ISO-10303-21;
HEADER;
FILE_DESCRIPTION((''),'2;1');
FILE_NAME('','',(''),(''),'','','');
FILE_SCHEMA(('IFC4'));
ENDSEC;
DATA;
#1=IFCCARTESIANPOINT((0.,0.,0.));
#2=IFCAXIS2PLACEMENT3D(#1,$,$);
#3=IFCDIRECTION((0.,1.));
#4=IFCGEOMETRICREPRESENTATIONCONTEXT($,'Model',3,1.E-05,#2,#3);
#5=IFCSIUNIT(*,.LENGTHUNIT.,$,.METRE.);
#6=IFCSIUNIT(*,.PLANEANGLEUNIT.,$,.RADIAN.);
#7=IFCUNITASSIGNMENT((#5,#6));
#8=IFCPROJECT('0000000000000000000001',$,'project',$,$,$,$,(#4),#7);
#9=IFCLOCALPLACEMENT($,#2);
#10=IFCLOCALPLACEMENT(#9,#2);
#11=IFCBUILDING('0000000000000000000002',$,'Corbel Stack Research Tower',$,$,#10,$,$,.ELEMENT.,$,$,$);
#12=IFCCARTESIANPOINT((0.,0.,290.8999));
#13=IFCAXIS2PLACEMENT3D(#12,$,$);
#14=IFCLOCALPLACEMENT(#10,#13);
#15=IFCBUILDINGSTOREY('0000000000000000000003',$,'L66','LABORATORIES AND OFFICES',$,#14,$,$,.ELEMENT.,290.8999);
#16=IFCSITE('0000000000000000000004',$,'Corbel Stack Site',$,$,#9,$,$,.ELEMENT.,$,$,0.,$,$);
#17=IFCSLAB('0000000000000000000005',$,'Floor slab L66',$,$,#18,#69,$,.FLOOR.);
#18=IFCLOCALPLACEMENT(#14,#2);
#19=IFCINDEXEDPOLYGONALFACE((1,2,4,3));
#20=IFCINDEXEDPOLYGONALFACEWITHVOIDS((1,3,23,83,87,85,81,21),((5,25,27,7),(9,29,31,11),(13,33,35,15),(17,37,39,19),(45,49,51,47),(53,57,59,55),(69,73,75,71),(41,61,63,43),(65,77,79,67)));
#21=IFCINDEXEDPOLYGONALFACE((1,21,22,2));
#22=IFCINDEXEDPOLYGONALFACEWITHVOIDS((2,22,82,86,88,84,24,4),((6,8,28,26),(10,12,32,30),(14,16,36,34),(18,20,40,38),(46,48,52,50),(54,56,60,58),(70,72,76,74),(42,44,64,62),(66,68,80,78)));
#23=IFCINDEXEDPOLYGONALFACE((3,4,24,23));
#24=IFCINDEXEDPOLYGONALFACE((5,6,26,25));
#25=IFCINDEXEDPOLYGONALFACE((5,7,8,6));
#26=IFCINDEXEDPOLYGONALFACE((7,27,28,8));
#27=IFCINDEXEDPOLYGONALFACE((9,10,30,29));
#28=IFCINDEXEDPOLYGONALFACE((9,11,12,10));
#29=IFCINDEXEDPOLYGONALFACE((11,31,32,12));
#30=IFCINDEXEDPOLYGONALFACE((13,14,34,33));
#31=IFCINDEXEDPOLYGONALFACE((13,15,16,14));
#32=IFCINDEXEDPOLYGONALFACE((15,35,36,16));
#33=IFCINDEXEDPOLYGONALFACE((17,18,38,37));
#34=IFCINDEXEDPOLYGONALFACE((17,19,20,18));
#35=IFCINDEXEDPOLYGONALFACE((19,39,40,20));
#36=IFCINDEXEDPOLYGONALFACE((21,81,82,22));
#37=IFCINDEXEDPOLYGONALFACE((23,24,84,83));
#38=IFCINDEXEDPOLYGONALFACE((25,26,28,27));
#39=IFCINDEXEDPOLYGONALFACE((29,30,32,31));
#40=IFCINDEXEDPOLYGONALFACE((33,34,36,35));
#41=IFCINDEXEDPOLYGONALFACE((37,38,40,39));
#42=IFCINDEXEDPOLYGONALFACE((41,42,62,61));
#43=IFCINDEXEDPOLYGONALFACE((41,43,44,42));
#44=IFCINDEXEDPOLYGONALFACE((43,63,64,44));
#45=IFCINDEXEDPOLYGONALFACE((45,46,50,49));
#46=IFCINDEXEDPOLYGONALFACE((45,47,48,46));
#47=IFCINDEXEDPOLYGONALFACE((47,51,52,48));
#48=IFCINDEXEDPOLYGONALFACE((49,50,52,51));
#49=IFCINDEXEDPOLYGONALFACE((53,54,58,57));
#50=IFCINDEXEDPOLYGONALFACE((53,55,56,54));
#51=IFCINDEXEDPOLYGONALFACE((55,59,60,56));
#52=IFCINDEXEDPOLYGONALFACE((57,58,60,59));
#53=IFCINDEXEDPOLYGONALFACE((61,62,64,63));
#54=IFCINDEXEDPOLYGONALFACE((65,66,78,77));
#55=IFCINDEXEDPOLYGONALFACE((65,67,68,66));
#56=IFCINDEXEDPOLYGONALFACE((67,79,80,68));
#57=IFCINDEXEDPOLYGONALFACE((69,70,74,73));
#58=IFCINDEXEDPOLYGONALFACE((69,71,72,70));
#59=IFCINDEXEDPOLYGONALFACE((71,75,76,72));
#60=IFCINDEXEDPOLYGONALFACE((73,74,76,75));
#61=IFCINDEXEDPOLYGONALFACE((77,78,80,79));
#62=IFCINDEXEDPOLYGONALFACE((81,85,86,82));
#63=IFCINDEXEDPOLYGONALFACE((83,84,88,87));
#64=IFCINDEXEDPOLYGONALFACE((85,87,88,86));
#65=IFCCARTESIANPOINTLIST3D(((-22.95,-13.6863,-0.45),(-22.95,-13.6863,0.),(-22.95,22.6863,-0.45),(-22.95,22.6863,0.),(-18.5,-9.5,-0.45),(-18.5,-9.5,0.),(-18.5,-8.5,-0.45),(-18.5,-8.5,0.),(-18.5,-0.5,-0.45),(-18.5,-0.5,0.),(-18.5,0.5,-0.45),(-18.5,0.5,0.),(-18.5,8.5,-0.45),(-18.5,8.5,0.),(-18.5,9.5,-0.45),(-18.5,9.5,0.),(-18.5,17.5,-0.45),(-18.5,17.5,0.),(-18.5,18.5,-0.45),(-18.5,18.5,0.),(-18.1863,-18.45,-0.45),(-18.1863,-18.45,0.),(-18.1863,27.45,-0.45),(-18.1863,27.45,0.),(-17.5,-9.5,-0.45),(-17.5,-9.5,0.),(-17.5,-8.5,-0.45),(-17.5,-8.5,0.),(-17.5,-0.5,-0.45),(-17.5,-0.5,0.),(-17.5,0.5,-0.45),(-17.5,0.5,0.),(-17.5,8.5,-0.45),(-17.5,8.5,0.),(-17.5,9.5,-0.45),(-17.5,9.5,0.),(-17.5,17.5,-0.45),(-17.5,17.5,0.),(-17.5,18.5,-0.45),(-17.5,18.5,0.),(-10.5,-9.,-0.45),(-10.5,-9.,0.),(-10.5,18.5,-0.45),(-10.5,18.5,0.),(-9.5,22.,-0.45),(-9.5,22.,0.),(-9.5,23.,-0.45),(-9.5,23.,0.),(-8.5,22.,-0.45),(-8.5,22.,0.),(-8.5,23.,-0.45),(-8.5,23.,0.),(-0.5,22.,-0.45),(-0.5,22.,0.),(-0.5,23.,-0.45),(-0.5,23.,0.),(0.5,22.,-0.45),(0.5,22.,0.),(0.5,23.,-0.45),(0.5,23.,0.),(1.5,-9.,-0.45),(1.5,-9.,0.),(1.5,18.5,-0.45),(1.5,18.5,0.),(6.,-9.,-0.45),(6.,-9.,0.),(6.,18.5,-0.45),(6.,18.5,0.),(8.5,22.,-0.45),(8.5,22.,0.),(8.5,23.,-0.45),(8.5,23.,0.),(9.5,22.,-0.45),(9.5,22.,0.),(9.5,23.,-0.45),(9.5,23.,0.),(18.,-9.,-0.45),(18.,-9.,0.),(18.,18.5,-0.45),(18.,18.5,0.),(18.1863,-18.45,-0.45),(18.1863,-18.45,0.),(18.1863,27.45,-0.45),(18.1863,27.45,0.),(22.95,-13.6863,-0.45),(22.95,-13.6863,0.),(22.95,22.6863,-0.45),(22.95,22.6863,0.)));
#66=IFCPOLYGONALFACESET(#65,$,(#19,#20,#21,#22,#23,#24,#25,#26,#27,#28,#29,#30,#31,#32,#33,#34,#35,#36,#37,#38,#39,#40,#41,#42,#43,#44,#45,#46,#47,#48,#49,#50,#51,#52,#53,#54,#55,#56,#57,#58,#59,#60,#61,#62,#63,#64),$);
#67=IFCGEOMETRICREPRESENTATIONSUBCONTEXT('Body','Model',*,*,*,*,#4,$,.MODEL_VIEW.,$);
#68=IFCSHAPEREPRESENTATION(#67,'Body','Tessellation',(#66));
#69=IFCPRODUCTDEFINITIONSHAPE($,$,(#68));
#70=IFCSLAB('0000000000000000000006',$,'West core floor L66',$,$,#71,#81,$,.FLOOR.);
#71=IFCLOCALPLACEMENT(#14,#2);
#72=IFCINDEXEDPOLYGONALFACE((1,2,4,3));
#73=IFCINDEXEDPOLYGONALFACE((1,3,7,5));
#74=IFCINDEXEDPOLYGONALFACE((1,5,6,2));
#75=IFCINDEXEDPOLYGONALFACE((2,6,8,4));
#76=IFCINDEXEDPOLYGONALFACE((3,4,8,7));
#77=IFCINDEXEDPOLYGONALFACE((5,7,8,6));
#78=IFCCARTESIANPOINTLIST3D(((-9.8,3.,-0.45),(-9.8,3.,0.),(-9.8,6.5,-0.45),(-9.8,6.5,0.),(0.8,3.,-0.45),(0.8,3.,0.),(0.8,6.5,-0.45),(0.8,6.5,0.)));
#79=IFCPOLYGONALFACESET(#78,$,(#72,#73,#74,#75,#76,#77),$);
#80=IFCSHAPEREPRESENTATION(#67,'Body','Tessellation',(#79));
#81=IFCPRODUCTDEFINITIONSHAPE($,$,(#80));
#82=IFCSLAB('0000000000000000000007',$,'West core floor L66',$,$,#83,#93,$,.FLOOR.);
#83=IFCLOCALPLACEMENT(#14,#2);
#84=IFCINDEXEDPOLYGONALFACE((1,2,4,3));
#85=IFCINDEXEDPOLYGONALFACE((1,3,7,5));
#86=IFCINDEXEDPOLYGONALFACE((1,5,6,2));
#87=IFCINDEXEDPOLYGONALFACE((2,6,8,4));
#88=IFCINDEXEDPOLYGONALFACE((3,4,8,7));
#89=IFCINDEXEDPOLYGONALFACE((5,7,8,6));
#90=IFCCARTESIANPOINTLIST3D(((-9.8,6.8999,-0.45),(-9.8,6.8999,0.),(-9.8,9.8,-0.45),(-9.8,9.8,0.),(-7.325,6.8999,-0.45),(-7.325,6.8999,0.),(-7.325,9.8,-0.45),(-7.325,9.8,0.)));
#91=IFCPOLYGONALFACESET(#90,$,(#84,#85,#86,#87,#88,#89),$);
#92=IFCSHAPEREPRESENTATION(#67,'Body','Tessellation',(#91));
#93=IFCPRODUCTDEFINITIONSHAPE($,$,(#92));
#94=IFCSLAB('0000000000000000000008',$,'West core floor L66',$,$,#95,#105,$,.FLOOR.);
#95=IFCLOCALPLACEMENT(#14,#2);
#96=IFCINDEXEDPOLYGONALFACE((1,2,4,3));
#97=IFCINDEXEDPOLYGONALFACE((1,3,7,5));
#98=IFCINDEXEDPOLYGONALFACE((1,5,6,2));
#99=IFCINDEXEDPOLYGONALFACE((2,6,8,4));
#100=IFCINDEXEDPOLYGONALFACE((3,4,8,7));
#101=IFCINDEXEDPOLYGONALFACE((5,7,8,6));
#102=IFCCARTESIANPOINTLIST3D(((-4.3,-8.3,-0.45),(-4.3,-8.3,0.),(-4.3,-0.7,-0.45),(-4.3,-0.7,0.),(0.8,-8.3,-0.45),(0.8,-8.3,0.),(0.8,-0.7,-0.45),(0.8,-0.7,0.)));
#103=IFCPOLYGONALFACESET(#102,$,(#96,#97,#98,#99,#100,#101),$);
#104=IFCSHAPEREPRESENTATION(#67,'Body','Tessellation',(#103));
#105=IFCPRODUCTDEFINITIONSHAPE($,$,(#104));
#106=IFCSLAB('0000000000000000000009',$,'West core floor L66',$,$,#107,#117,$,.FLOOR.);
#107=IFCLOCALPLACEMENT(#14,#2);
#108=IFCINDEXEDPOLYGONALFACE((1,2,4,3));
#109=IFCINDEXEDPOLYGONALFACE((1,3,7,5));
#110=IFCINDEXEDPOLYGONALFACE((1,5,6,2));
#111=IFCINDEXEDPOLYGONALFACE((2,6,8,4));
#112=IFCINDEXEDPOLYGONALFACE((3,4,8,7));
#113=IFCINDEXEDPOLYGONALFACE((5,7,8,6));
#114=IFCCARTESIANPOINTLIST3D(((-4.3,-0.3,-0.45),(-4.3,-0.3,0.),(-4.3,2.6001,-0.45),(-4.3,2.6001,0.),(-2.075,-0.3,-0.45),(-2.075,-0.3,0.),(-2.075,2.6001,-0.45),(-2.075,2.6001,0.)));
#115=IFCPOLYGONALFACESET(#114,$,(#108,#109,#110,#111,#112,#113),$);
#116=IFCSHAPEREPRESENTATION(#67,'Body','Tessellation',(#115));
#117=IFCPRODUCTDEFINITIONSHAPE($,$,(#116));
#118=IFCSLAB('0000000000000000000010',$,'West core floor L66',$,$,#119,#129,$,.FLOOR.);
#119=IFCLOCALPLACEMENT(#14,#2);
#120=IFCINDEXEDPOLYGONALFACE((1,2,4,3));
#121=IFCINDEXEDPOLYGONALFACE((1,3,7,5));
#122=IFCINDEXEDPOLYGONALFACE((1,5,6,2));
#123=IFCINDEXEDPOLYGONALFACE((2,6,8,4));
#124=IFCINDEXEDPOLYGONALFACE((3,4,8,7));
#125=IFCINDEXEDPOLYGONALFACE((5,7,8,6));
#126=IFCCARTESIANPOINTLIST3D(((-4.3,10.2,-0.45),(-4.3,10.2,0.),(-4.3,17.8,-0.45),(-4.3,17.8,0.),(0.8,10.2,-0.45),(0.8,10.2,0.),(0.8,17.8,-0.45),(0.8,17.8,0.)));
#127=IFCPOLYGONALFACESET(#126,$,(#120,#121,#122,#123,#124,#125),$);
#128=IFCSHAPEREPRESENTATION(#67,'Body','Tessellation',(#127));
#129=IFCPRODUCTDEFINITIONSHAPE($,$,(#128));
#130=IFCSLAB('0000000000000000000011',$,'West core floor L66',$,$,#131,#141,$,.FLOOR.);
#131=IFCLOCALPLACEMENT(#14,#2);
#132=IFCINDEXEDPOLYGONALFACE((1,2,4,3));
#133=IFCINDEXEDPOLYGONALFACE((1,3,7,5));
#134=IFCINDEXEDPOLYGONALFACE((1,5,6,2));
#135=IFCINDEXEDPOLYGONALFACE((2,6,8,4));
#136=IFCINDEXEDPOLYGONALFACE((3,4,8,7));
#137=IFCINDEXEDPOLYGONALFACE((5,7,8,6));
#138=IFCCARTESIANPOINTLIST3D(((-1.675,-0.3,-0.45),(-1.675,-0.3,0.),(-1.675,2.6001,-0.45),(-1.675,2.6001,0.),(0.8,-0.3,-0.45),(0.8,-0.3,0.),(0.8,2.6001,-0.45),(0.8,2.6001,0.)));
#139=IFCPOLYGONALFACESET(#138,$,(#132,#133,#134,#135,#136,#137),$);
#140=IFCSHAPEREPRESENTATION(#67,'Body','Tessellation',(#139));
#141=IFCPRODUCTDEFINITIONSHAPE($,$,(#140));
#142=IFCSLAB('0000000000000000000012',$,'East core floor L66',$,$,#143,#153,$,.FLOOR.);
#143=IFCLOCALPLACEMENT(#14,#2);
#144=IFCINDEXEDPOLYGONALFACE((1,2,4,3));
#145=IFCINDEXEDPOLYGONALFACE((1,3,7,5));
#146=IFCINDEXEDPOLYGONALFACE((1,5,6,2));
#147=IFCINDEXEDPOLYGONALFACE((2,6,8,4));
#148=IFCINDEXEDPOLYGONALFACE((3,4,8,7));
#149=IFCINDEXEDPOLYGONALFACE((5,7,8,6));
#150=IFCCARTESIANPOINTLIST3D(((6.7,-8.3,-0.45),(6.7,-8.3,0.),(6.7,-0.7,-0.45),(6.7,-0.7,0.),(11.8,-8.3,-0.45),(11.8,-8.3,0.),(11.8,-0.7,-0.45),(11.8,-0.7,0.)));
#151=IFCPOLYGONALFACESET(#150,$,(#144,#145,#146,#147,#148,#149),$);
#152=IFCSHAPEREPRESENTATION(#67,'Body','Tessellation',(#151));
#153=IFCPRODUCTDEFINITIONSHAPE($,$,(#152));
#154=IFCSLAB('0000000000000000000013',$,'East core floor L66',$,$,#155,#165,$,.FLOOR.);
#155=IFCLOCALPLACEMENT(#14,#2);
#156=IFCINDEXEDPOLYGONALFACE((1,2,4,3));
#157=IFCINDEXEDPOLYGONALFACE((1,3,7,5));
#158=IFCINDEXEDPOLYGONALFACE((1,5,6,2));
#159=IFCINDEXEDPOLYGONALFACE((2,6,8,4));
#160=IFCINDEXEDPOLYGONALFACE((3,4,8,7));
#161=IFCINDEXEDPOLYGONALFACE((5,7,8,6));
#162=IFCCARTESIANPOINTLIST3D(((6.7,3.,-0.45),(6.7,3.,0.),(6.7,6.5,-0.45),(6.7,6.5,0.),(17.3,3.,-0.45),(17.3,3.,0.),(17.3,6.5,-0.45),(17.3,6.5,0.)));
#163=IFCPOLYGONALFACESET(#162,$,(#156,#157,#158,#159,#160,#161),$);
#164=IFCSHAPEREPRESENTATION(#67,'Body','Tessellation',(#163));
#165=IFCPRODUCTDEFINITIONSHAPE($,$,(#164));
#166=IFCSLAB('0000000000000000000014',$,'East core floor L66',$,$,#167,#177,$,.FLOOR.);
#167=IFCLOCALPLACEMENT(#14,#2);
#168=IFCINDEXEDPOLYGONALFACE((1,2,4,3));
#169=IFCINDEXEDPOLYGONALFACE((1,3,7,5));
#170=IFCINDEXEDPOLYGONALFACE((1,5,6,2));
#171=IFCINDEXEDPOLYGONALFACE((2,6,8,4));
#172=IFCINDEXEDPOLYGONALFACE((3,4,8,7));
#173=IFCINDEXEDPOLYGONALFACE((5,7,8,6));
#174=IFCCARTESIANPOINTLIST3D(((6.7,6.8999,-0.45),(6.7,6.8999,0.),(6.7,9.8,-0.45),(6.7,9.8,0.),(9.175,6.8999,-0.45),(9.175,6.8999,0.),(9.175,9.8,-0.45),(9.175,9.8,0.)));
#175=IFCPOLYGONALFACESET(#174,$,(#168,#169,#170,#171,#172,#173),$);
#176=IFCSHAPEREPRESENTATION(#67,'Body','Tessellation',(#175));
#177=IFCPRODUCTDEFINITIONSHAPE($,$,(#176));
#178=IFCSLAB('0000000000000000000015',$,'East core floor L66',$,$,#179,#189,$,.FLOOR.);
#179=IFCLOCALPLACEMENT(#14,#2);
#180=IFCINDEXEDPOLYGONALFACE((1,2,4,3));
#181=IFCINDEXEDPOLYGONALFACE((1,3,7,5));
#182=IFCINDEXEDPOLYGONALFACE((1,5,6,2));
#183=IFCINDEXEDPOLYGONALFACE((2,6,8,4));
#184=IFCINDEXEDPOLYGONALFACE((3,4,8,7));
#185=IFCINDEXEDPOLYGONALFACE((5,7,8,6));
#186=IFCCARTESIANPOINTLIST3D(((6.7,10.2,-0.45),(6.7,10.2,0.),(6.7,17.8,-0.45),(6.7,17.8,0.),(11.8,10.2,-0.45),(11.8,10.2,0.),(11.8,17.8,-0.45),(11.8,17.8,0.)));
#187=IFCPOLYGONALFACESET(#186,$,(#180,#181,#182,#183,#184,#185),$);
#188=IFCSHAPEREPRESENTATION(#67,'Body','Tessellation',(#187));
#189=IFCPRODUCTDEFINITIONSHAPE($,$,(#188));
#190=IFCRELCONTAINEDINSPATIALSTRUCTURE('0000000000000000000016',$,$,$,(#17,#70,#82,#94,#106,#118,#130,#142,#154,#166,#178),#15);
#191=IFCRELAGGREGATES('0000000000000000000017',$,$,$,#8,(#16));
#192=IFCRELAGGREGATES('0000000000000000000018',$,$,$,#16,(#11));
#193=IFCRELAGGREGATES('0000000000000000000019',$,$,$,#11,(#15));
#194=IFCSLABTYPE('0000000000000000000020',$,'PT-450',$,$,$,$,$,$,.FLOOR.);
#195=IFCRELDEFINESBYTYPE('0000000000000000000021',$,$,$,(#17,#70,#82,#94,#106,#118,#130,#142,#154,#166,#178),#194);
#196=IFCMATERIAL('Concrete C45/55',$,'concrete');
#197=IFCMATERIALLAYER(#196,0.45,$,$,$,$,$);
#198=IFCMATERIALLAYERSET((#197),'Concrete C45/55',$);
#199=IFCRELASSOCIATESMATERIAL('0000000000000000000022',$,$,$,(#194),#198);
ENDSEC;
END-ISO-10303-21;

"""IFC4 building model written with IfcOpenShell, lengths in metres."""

from ifc_helpers import new_model, si_unit, direction, frame, origin, place, context, subcontext, project, spatial, polyline, outline, extrude, material, layer, layer_set, type_object, element, save


model = new_model("IFC4")

# Units and contexts
model_context = context("Model", 3, precision=1e-05, world=origin(), true_north=direction((0.0, 1.0)))
body_context = subcontext(model_context, "Body", "Model", "MODEL_VIEW")
ifc_project = project(units=[si_unit("LENGTHUNIT", "METRE"), si_unit("PLANEANGLEUNIT", "RADIAN")], contexts=[model_context])

# Site, building, storey
site_placement = place(None, origin())
site = spatial("IfcSite", under=ifc_project, at=site_placement, Name="Corbel Stack Site", CompositionType="ELEMENT", RefElevation=0.0)
building_placement = place(site_placement, origin())
building = spatial("IfcBuilding", under=site, at=building_placement, Name="Corbel Stack Research Tower", CompositionType="ELEMENT")
storey_placement = place(building_placement, frame((0.0, 0.0, 290.8999)))
storey = spatial("IfcBuildingStorey", under=building, at=storey_placement, Name="L66", Description="LABORATORIES AND OFFICES", CompositionType="ELEMENT", Elevation=290.8999)

# Slabs
ifc_material_1 = material(Name="Concrete C45/55", Category="concrete")
ifc_layer_1 = layer(ifc_material_1, 0.45)
ifc_layer_set_1 = layer_set([ifc_layer_1], Name="Concrete C45/55")
slab_type = type_object("IfcSlabType", Name="PT-450", PredefinedType="FLOOR", material=ifc_layer_set_1)
slab_1_placement = place(storey_placement, frame((0.0, 0.0, -0.45)))
element("IfcSlab", 1, at=slab_1_placement, inside=storey, type_object=slab_type, Name="Floor slab L66", PredefinedType="FLOOR", context=body_context, shape_type="SweptSolid", body=[
    extrude(outline(polyline([(-18.1863, -18.45), (18.1863, -18.45), (22.95, -13.6863), (22.95, 22.6863), (18.1863, 27.45), (-18.1863, 27.45), (-22.95, 22.6863), (-22.95, -13.6863), (-18.1863, -18.45)]), holes=[polyline([(18.0, 18.5), (18.0, -9.0), (6.0, -9.0), (6.0, 18.5), (18.0, 18.5)]), polyline([(9.5, 22.0), (8.5, 22.0), (8.5, 23.0), (9.5, 23.0), (9.5, 22.0)]), polyline([(1.5, 18.5), (1.5, -9.0), (-10.5, -9.0), (-10.5, 18.5), (1.5, 18.5)]), polyline([(0.5, 22.0), (-0.5, 22.0), (-0.5, 23.0), (0.5, 23.0), (0.5, 22.0)]), polyline([(-8.5, 23.0), (-8.5, 22.0), (-9.5, 22.0), (-9.5, 23.0), (-8.5, 23.0)]), polyline([(-17.5, -8.5), (-17.5, -9.5), (-18.5, -9.5), (-18.5, -8.5), (-17.5, -8.5)]), polyline([(-17.5, 0.5), (-17.5, -0.5), (-18.5, -0.5), (-18.5, 0.5), (-17.5, 0.5)]), polyline([(-17.5, 9.5), (-17.5, 8.5), (-18.5, 8.5), (-18.5, 9.5), (-17.5, 9.5)]), polyline([(-17.5, 18.5), (-17.5, 17.5), (-18.5, 17.5), (-18.5, 18.5), (-17.5, 18.5)])]), origin(), (0.0, 0.0, 1.0), 0.45),
])
slab_2_placement = place(storey_placement, frame((0.0, 0.0, -0.45)))
element("IfcSlab", 2, at=slab_2_placement, inside=storey, type_object=slab_type, Name="West core floor L66", PredefinedType="FLOOR", context=body_context, shape_type="SweptSolid", body=[
    extrude(outline(polyline([(-9.8, 6.5), (-9.8, 3.0), (0.8, 3.0), (0.8, 6.5), (-9.8, 6.5)])), origin(), (0.0, 0.0, 1.0), 0.45),
])
slab_3_placement = place(storey_placement, frame((0.0, 0.0, -0.45)))
element("IfcSlab", 3, at=slab_3_placement, inside=storey, type_object=slab_type, Name="West core floor L66", PredefinedType="FLOOR", context=body_context, shape_type="SweptSolid", body=[
    extrude(outline(polyline([(-9.8, 6.8999), (-7.325, 6.8999), (-7.325, 9.8), (-9.8, 9.8), (-9.8, 6.8999)])), origin(), (0.0, 0.0, 1.0), 0.45),
])
slab_4_placement = place(storey_placement, frame((0.0, 0.0, -0.45)))
element("IfcSlab", 4, at=slab_4_placement, inside=storey, type_object=slab_type, Name="West core floor L66", PredefinedType="FLOOR", context=body_context, shape_type="SweptSolid", body=[
    extrude(outline(polyline([(-4.3, -0.7), (-4.3, -8.3), (0.8, -8.3), (0.8, -0.7), (-4.3, -0.7)])), origin(), (0.0, 0.0, 1.0), 0.45),
])
slab_5_placement = place(storey_placement, frame((0.0, 0.0, -0.45)))
element("IfcSlab", 5, at=slab_5_placement, inside=storey, type_object=slab_type, Name="West core floor L66", PredefinedType="FLOOR", context=body_context, shape_type="SweptSolid", body=[
    extrude(outline(polyline([(-4.3, 2.6001), (-4.3, -0.3), (-2.075, -0.3), (-2.075, 2.6001), (-4.3, 2.6001)])), origin(), (0.0, 0.0, 1.0), 0.45),
])
slab_6_placement = place(storey_placement, frame((0.0, 0.0, -0.45)))
element("IfcSlab", 6, at=slab_6_placement, inside=storey, type_object=slab_type, Name="West core floor L66", PredefinedType="FLOOR", context=body_context, shape_type="SweptSolid", body=[
    extrude(outline(polyline([(-4.3, 17.8), (-4.3, 10.2), (0.8, 10.2), (0.8, 17.8), (-4.3, 17.8)])), origin(), (0.0, 0.0, 1.0), 0.45),
])
slab_7_placement = place(storey_placement, frame((0.0, 0.0, -0.45)))
element("IfcSlab", 7, at=slab_7_placement, inside=storey, type_object=slab_type, Name="West core floor L66", PredefinedType="FLOOR", context=body_context, shape_type="SweptSolid", body=[
    extrude(outline(polyline([(-1.675, 2.6001), (-1.675, -0.3), (0.8, -0.3), (0.8, 2.6001), (-1.675, 2.6001)])), origin(), (0.0, 0.0, 1.0), 0.45),
])
slab_8_placement = place(storey_placement, frame((0.0, 0.0, -0.45)))
element("IfcSlab", 8, at=slab_8_placement, inside=storey, type_object=slab_type, Name="East core floor L66", PredefinedType="FLOOR", context=body_context, shape_type="SweptSolid", body=[
    extrude(outline(polyline([(6.7, -8.3), (11.8, -8.3), (11.8, -0.7), (6.7, -0.7), (6.7, -8.3)])), origin(), (0.0, 0.0, 1.0), 0.45),
])
slab_9_placement = place(storey_placement, frame((0.0, 0.0, -0.45)))
element("IfcSlab", 9, at=slab_9_placement, inside=storey, type_object=slab_type, Name="East core floor L66", PredefinedType="FLOOR", context=body_context, shape_type="SweptSolid", body=[
    extrude(outline(polyline([(6.7, 3.0), (17.3, 3.0), (17.3, 6.5), (6.7, 6.5), (6.7, 3.0)])), origin(), (0.0, 0.0, 1.0), 0.45),
])
slab_10_placement = place(storey_placement, frame((0.0, 0.0, -0.45)))
element("IfcSlab", 10, at=slab_10_placement, inside=storey, type_object=slab_type, Name="East core floor L66", PredefinedType="FLOOR", context=body_context, shape_type="SweptSolid", body=[
    extrude(outline(polyline([(6.7, 6.8999), (9.175, 6.8999), (9.175, 9.8), (6.7, 9.8), (6.7, 6.8999)])), origin(), (0.0, 0.0, 1.0), 0.45),
])
slab_11_placement = place(storey_placement, frame((0.0, 0.0, -0.45)))
element("IfcSlab", 11, at=slab_11_placement, inside=storey, type_object=slab_type, Name="East core floor L66", PredefinedType="FLOOR", context=body_context, shape_type="SweptSolid", body=[
    extrude(outline(polyline([(6.7, 10.2), (11.8, 10.2), (11.8, 17.8), (6.7, 17.8), (6.7, 10.2)])), origin(), (0.0, 0.0, 1.0), 0.45),
])

save(model, "model.ifc")
